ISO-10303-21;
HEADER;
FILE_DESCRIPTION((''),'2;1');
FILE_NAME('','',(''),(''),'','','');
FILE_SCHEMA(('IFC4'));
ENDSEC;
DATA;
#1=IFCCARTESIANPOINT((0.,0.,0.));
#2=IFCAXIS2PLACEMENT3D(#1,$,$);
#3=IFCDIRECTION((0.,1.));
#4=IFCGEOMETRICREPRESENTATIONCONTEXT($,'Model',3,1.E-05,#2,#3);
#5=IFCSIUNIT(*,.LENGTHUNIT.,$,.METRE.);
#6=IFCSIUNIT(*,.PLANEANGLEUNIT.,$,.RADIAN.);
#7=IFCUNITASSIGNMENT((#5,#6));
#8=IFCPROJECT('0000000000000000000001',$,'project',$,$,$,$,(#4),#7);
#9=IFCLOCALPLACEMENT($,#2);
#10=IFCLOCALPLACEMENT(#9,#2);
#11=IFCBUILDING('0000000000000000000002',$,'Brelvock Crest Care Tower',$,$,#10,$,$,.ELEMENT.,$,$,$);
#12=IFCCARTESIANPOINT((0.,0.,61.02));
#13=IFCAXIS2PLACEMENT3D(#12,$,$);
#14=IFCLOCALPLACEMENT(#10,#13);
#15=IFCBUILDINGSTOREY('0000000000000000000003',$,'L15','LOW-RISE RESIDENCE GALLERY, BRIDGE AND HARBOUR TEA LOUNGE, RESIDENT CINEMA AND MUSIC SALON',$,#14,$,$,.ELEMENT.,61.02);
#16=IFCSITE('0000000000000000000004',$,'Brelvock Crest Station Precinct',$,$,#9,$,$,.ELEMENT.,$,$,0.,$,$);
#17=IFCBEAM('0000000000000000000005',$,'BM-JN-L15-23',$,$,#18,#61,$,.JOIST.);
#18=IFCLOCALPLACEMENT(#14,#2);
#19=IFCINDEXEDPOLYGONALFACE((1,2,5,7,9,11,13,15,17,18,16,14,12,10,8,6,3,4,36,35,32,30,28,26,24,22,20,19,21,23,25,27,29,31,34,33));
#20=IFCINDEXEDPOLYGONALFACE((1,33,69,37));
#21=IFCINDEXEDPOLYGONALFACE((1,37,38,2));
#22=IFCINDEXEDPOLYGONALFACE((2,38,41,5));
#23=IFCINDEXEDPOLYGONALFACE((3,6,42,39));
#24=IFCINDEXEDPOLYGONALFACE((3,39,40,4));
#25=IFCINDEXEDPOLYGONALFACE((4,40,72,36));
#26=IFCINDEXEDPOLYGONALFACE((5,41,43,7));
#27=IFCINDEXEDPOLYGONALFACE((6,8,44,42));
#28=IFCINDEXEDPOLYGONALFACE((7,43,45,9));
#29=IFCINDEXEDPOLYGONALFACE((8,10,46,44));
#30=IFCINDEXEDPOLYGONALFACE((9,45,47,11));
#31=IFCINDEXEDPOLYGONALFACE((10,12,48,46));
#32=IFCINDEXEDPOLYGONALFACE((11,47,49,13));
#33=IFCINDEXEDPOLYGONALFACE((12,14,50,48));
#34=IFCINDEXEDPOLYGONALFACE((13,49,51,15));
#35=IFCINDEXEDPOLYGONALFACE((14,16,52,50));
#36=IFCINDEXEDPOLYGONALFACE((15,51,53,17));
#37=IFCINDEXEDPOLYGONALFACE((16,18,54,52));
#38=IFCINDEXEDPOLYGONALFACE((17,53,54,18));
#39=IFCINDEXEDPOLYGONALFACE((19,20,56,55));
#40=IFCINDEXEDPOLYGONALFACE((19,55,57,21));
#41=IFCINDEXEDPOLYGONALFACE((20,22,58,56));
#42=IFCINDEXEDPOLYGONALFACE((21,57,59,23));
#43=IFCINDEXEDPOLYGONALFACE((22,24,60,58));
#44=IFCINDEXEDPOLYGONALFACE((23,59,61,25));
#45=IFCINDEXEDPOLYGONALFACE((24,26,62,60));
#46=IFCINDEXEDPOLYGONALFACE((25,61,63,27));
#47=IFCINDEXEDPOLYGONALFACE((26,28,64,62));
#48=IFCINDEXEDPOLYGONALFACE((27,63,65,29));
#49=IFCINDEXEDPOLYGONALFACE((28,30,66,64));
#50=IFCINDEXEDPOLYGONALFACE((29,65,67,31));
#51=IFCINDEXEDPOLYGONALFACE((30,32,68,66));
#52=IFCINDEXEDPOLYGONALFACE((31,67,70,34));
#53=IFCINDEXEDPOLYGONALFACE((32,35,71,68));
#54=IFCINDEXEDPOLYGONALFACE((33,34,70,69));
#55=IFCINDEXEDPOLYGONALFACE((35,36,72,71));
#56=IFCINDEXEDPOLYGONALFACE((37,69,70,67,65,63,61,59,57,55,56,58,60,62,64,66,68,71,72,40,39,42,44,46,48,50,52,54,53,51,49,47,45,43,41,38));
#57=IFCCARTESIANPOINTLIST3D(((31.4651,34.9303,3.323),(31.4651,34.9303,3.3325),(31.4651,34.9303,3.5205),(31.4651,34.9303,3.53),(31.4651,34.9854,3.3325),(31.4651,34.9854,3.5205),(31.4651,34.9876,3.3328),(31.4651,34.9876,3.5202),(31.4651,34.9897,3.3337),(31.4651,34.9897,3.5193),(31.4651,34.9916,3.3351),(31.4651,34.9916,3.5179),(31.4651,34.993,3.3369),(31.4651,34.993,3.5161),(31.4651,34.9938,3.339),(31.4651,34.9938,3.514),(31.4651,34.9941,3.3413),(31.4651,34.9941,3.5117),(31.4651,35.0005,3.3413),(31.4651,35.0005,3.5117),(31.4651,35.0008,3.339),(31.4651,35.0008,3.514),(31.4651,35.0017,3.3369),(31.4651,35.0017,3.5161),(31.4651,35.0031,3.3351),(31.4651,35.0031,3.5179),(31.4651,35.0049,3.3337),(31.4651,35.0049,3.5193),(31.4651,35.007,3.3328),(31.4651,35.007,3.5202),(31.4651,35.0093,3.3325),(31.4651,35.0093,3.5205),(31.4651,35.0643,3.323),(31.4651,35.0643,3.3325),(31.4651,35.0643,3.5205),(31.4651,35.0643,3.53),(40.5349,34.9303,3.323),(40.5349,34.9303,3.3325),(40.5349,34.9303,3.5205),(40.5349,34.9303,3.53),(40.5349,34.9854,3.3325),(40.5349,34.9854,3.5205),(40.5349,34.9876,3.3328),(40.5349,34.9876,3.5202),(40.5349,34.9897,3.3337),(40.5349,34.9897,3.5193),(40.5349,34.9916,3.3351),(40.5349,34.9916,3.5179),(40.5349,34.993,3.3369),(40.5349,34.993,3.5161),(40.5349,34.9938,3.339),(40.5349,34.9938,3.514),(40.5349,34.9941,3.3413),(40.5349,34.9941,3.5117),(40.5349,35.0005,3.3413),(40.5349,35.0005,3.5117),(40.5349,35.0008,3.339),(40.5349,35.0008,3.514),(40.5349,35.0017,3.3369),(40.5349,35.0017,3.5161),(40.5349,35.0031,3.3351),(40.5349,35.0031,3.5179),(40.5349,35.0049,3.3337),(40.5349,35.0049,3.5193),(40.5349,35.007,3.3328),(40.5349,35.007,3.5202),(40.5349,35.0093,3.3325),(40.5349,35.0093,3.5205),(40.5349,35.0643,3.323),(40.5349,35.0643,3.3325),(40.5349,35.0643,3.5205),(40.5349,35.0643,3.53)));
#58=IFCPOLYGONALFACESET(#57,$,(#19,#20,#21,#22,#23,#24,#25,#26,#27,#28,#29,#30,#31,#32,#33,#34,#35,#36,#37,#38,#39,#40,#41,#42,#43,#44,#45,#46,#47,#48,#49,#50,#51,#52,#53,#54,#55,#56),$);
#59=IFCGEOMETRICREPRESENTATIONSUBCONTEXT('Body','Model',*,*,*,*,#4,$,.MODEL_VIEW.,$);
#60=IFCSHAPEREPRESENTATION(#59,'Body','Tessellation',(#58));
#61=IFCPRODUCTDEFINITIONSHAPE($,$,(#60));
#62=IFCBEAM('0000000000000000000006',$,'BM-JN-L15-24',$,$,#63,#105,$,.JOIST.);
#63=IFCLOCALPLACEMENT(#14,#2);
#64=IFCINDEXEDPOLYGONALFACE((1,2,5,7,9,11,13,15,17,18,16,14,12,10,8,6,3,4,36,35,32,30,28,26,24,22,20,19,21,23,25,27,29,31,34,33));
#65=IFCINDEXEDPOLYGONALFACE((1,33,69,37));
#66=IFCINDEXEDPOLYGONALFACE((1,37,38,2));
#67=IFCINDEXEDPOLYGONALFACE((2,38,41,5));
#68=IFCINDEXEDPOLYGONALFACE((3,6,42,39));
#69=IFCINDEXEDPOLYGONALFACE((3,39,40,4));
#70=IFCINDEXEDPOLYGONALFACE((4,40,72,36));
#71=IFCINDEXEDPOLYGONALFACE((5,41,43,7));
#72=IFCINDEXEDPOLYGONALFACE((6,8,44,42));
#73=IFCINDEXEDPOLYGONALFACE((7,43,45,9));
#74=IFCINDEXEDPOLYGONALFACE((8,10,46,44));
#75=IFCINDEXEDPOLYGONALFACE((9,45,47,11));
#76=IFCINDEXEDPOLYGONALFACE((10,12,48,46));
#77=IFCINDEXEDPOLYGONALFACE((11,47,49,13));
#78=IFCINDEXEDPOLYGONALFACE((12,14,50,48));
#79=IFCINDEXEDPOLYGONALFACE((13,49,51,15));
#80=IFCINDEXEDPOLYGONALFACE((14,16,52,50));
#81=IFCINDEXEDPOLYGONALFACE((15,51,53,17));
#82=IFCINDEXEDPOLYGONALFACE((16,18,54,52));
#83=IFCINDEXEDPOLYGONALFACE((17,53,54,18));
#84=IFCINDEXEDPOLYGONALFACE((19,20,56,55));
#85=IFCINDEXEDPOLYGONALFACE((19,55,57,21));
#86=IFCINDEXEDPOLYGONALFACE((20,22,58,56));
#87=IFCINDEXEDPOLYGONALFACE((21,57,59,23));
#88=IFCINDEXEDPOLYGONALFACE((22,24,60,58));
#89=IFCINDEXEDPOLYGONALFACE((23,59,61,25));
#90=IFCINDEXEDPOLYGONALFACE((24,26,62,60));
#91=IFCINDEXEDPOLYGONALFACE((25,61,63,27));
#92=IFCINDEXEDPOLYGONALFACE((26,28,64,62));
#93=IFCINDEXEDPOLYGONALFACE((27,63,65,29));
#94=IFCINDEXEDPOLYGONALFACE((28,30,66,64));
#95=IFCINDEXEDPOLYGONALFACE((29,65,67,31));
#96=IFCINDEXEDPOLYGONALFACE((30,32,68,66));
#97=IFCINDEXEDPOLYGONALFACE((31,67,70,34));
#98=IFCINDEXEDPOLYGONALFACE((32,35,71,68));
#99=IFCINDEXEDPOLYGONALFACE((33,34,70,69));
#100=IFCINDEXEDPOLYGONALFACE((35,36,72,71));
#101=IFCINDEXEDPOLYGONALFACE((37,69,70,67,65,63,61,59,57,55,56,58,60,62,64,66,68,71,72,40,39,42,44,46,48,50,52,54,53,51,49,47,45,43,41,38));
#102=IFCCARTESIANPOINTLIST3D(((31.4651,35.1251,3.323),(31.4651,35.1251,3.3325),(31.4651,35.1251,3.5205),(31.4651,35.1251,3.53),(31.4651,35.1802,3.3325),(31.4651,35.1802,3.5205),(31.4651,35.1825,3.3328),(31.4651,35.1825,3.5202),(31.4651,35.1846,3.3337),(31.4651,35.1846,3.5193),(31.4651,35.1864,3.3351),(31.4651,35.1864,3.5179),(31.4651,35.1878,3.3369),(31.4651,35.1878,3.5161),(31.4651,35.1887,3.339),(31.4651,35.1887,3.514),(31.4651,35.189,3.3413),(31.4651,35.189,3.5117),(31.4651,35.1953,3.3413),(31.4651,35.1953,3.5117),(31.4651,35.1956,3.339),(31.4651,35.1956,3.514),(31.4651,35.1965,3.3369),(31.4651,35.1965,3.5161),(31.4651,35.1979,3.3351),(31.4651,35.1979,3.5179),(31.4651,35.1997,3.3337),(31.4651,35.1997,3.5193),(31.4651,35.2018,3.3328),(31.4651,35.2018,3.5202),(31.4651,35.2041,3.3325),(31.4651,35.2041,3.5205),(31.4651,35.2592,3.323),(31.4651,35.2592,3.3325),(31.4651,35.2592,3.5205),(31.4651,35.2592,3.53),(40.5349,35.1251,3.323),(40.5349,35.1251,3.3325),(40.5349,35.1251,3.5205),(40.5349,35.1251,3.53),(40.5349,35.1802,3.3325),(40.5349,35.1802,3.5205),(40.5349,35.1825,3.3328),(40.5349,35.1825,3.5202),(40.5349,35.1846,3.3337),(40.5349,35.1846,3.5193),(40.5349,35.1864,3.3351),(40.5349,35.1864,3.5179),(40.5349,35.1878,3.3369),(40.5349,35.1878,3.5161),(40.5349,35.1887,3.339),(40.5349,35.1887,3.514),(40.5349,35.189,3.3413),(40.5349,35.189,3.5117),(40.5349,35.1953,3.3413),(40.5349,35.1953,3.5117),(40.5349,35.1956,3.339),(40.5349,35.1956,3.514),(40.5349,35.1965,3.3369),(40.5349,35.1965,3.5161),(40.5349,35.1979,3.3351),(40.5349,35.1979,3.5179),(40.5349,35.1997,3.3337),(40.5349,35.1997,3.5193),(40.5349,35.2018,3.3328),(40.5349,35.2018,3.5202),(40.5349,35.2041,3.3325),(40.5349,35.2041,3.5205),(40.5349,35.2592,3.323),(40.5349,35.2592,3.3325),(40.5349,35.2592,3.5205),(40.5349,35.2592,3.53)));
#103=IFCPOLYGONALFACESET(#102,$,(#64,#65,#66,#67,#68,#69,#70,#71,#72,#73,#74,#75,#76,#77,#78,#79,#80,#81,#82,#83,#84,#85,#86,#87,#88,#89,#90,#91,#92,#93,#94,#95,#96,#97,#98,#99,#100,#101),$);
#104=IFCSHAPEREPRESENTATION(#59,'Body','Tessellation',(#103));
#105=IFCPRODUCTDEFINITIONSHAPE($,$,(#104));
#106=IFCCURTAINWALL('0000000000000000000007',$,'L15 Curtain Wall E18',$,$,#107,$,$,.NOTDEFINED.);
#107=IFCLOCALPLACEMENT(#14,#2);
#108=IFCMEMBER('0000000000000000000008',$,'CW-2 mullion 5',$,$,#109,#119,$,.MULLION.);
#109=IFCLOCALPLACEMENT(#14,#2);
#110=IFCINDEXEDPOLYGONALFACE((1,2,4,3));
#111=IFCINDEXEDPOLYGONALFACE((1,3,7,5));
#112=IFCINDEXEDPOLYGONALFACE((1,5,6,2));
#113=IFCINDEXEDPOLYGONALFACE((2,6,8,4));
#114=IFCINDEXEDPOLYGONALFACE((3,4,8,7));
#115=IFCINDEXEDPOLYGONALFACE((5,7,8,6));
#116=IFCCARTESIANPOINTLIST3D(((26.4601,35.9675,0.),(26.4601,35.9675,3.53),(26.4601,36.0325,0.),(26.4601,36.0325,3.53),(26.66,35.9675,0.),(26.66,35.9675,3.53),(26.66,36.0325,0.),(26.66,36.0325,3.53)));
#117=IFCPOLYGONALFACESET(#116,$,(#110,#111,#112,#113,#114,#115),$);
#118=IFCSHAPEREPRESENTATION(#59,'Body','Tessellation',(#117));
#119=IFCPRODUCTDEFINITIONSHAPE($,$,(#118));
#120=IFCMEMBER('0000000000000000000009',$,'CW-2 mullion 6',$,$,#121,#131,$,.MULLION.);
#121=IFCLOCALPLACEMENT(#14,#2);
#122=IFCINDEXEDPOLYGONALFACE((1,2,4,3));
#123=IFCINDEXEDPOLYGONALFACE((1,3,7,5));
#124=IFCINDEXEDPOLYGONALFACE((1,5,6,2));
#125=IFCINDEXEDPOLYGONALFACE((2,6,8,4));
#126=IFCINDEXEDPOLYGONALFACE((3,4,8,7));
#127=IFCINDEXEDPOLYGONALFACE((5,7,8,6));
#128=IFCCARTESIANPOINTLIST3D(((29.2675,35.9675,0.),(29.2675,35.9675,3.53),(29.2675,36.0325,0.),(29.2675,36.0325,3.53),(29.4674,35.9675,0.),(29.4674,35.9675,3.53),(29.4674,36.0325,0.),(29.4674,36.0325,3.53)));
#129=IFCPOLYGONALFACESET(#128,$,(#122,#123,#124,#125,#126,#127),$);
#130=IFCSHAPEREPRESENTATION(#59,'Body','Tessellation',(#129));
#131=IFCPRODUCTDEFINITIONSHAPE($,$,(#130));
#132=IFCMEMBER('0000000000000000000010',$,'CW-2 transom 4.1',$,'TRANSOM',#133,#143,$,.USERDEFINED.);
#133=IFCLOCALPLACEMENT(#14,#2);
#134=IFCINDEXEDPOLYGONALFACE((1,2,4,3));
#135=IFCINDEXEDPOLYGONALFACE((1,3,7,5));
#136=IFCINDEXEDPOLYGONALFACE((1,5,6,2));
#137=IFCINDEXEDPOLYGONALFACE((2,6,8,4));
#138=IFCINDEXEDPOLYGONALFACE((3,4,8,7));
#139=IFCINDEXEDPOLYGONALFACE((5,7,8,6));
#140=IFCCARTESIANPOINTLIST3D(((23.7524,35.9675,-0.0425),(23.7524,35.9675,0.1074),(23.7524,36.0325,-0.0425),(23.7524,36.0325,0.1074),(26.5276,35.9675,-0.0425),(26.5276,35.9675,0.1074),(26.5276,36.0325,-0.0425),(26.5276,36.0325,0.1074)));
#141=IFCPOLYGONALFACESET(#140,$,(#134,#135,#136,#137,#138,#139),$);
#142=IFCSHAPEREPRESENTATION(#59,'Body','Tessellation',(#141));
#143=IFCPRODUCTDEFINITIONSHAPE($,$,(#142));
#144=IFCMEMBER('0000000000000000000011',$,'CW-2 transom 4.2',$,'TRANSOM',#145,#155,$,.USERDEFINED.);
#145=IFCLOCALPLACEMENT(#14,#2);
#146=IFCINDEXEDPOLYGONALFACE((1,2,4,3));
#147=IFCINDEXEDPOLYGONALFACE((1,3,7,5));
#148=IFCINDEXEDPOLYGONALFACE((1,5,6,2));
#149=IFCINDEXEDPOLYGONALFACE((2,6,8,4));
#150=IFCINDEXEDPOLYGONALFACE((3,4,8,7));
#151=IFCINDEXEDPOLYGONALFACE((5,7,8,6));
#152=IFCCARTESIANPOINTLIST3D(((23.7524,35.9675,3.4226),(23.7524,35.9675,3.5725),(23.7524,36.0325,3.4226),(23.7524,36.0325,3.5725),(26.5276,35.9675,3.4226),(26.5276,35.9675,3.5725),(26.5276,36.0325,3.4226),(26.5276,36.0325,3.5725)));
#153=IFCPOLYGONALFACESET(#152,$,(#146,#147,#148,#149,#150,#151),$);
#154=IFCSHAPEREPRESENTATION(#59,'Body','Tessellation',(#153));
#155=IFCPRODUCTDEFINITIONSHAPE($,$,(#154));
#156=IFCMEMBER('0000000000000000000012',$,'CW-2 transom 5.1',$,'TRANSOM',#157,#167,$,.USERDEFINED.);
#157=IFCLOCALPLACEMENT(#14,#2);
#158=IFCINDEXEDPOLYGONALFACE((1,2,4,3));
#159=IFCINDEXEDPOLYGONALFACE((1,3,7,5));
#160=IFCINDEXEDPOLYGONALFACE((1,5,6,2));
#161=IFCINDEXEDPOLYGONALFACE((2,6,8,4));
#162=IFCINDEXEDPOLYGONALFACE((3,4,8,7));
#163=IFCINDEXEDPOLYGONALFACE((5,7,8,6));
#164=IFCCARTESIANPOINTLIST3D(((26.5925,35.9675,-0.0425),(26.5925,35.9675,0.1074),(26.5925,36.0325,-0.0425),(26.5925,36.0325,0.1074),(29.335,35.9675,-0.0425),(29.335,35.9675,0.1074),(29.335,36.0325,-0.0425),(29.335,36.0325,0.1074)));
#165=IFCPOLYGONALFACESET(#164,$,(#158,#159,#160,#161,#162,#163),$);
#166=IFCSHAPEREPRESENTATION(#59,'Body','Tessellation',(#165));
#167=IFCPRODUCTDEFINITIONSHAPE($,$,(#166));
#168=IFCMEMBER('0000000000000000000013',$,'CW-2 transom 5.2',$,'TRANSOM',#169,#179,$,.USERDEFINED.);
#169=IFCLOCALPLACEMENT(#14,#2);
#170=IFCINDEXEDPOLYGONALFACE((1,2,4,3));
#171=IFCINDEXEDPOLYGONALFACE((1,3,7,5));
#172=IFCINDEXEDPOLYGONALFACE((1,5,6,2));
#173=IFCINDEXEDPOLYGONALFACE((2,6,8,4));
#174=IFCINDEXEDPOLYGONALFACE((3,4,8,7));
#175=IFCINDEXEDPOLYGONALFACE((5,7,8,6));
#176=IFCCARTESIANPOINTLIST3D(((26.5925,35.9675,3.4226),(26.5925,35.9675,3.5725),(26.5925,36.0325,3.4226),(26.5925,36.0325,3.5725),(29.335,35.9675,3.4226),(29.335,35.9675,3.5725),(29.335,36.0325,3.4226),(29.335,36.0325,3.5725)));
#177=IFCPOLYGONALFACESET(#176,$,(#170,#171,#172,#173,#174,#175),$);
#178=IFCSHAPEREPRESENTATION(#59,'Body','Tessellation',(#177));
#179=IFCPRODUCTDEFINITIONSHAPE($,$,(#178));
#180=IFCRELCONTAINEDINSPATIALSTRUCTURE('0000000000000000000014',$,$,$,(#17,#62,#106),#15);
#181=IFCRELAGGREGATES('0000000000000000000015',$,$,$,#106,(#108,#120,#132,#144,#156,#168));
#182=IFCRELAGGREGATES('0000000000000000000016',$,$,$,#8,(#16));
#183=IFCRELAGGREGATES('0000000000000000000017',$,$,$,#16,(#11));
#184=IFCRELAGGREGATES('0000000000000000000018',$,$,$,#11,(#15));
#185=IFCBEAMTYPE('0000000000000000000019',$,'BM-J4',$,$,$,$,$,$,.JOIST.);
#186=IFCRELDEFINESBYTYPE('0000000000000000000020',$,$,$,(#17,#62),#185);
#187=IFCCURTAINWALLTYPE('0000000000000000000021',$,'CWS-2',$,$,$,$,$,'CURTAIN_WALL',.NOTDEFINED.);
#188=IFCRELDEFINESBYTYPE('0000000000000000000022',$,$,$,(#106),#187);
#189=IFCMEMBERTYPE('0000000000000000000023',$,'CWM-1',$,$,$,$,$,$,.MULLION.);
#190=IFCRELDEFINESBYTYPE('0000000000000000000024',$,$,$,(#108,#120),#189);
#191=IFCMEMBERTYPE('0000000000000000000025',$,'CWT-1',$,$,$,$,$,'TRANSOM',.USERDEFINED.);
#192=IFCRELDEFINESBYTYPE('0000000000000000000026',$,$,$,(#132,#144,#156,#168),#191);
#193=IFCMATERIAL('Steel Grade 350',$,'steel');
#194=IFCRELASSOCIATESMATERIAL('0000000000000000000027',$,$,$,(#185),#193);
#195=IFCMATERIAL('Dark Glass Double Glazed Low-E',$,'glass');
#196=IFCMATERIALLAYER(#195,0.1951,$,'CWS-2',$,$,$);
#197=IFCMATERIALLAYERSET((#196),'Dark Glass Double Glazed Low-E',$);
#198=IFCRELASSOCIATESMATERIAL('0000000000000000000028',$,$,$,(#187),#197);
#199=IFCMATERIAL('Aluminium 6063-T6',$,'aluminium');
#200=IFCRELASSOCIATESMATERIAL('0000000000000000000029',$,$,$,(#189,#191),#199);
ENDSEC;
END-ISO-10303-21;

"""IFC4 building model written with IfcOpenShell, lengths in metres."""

from ifc_helpers import new_model, si_unit, direction, frame, origin, origin_2d, place, context, subcontext, project, spatial, rectangle, i_section, extrude, source, transform, mapped, material, layer, layer_set, material_profile, profile_set, type_object, element, aggregate, save


model = new_model("IFC4")

# Units and contexts
model_context = context("Model", 3, precision=1e-05, world=origin(), true_north=direction((0.0, 1.0)))
body_context = subcontext(model_context, "Body", "Model", "MODEL_VIEW")
ifc_project = project(units=[si_unit("LENGTHUNIT", "METRE"), si_unit("PLANEANGLEUNIT", "RADIAN")], contexts=[model_context])

# Site, building, storey
site_placement = place(None, origin())
site = spatial("IfcSite", under=ifc_project, at=site_placement, Name="Brelvock Crest Station Precinct", CompositionType="ELEMENT", RefElevation=0.0)
building_placement = place(site_placement, origin())
building = spatial("IfcBuilding", under=site, at=building_placement, Name="Brelvock Crest Care Tower", CompositionType="ELEMENT")
storey_placement = place(building_placement, frame((0.0, 0.0, 61.02)))
storey = spatial("IfcBuildingStorey", under=building, at=storey_placement, Name="L15", Description="LOW-RISE RESIDENCE GALLERY, BRIDGE AND HARBOUR TEA LOUNGE, RESIDENT CINEMA AND MUSIC SALON", CompositionType="ELEMENT", Elevation=61.02)

# Shared definitions
ifc_material_1 = material(Name="Steel Grade 350", Category="steel")

# Beams
ifc_material_profile_1 = material_profile(ifc_material_1, i_section(OverallWidth=0.134, OverallDepth=0.207, WebThickness=0.0063, FlangeThickness=0.0095, FilletRadius=0.0088, at=origin_2d()), Name="200UB29.8")
ifc_profile_set_1 = profile_set([ifc_material_profile_1], Name="Steel Grade 350")
beam_type_1 = type_object("IfcBeamType", Name="BM-J4", PredefinedType="JOIST", material=ifc_profile_set_1)
shared_shape_1 = source(origin(), body_context, "Body", "SweptSolid", [
    extrude(i_section(OverallWidth=0.134, OverallDepth=0.207, WebThickness=0.0063, FlangeThickness=0.0095, FilletRadius=0.0088, at=origin_2d()), origin(), (0.0, 0.0, 1.0), 9.0698),
])
for number, where, z_axis, x_axis, name in (
    (1, (31.4651, 34.9973, 3.4265), (1.0, 0.0, 0.0), (0.0, 1.0, 0.0), "BM-JN-L15-23"),
    (2, (31.4651, 35.1921, 3.4265), (1.0, 0.0, 0.0), (0.0, 1.0, 0.0), "BM-JN-L15-24"),
):
    element("IfcBeam", number, at=place(storey_placement, frame(where, z_axis=z_axis, x_axis=x_axis)), inside=storey, type_object=beam_type_1, Name=name, PredefinedType="JOIST", context=body_context, shape_type="MappedRepresentation", body=[
        mapped(shared_shape_1, transform((0.0, 0.0, 0.0), x_axis=(1.0, 0.0, 0.0), y_axis=(0.0, 1.0, 0.0), z_axis=(0.0, 0.0, 1.0), scale=1.0)),
    ])

# Curtain wall, members
ifc_material_2 = material(Name="Dark Glass Double Glazed Low-E", Category="glass")
ifc_layer_1 = layer(ifc_material_2, 0.1951, Name="CWS-2")
ifc_layer_set_1 = layer_set([ifc_layer_1], Name="Dark Glass Double Glazed Low-E")
curtain_wall_type = type_object("IfcCurtainWallType", Name="CWS-2", ElementType="CURTAIN_WALL", PredefinedType="NOTDEFINED", material=ifc_layer_set_1)
curtain_wall_placement = place(storey_placement, origin())
curtain_wall = element("IfcCurtainWall", 3, at=curtain_wall_placement, inside=storey, type_object=curtain_wall_type, Name="L15 Curtain Wall E18", PredefinedType="NOTDEFINED")
ifc_material_3 = material(Name="Aluminium 6063-T6", Category="aluminium")
ifc_material_profile_2 = material_profile(ifc_material_3, rectangle(XDim=0.0649, YDim=0.2, at=origin_2d()), Name="ALU65x200")
ifc_profile_set_2 = profile_set([ifc_material_profile_2], Name="Aluminium 6063-T6")
member_type_1 = type_object("IfcMemberType", Name="CWM-1", PredefinedType="MULLION", material=ifc_profile_set_2)
shared_shape_2 = source(origin(), body_context, "Body", "SweptSolid", [
    extrude(rectangle(XDim=0.0649, YDim=0.2, at=origin_2d()), origin(), (0.0, 0.0, 1.0), 3.53),
])
member_1_placement = place(storey_placement, frame((26.5601, 36.0, 0.0), z_axis=(0.0, 0.0, 1.0), x_axis=(0.0, 1.0, 0.0)))
member_1 = element("IfcMember", 4, at=member_1_placement, type_object=member_type_1, Name="CW-2 mullion 5", PredefinedType="MULLION", context=body_context, shape_type="MappedRepresentation", body=[
    mapped(shared_shape_2, transform((0.0, 0.0, 0.0), x_axis=(1.0, 0.0, 0.0), y_axis=(0.0, 1.0, 0.0), z_axis=(0.0, 0.0, 1.0), scale=1.0)),
])
member_2_placement = place(storey_placement, frame((29.3674, 36.0, 0.0), z_axis=(0.0, 0.0, 1.0), x_axis=(0.0, 1.0, 0.0)))
member_2 = element("IfcMember", 5, at=member_2_placement, type_object=member_type_1, Name="CW-2 mullion 6", PredefinedType="MULLION", context=body_context, shape_type="MappedRepresentation", body=[
    mapped(shared_shape_2, transform((0.0, 0.0, 0.0), x_axis=(1.0, 0.0, 0.0), y_axis=(0.0, 1.0, 0.0), z_axis=(0.0, 0.0, 1.0), scale=1.0)),
])
ifc_material_profile_3 = material_profile(ifc_material_3, rectangle(XDim=0.0649, YDim=0.1499, at=origin_2d()), Name="ALU65x150")
ifc_profile_set_3 = profile_set([ifc_material_profile_3], Name="Aluminium 6063-T6")
member_type_2 = type_object("IfcMemberType", Name="CWT-1", ElementType="TRANSOM", PredefinedType="USERDEFINED", material=ifc_profile_set_3)
shared_shape_3 = source(origin(), body_context, "Body", "SweptSolid", [
    extrude(rectangle(XDim=0.0649, YDim=0.1499, at=origin_2d()), origin(), (0.0, 0.0, 1.0), 2.7751),
])
member_3_placement = place(storey_placement, frame((23.7524, 36.0, 0.0325), z_axis=(1.0, 0.0, 0.0), x_axis=(0.0, 1.0, 0.0)))
member_3 = element("IfcMember", 6, at=member_3_placement, type_object=member_type_2, Name="CW-2 transom 4.1", ObjectType="TRANSOM", PredefinedType="USERDEFINED", context=body_context, shape_type="MappedRepresentation", body=[
    mapped(shared_shape_3, transform((0.0, 0.0, 0.0), x_axis=(1.0, 0.0, 0.0), y_axis=(0.0, 1.0, 0.0), z_axis=(0.0, 0.0, 1.0), scale=1.0)),
])
member_4_placement = place(storey_placement, frame((23.7524, 36.0, 3.4976), z_axis=(1.0, 0.0, 0.0), x_axis=(0.0, 1.0, 0.0)))
member_4 = element("IfcMember", 7, at=member_4_placement, type_object=member_type_2, Name="CW-2 transom 4.2", ObjectType="TRANSOM", PredefinedType="USERDEFINED", context=body_context, shape_type="MappedRepresentation", body=[
    mapped(shared_shape_3, transform((0.0, 0.0, 0.0), x_axis=(1.0, 0.0, 0.0), y_axis=(0.0, 1.0, 0.0), z_axis=(0.0, 0.0, 1.0), scale=1.0)),
])
shared_shape_4 = source(origin(), body_context, "Body", "SweptSolid", [
    extrude(rectangle(XDim=0.0649, YDim=0.1499, at=origin_2d()), origin(), (0.0, 0.0, 1.0), 2.7424),
])
member_5_placement = place(storey_placement, frame((26.5925, 36.0, 0.0325), z_axis=(1.0, 0.0, 0.0), x_axis=(0.0, 1.0, 0.0)))
member_5 = element("IfcMember", 8, at=member_5_placement, type_object=member_type_2, Name="CW-2 transom 5.1", ObjectType="TRANSOM", PredefinedType="USERDEFINED", context=body_context, shape_type="MappedRepresentation", body=[
    mapped(shared_shape_4, transform((0.0, 0.0, 0.0), x_axis=(1.0, 0.0, 0.0), y_axis=(0.0, 1.0, 0.0), z_axis=(0.0, 0.0, 1.0), scale=1.0)),
])
member_6_placement = place(storey_placement, frame((26.5925, 36.0, 3.4976), z_axis=(1.0, 0.0, 0.0), x_axis=(0.0, 1.0, 0.0)))
member_6 = element("IfcMember", 9, at=member_6_placement, type_object=member_type_2, Name="CW-2 transom 5.2", ObjectType="TRANSOM", PredefinedType="USERDEFINED", context=body_context, shape_type="MappedRepresentation", body=[
    mapped(shared_shape_4, transform((0.0, 0.0, 0.0), x_axis=(1.0, 0.0, 0.0), y_axis=(0.0, 1.0, 0.0), z_axis=(0.0, 0.0, 1.0), scale=1.0)),
])
aggregate(curtain_wall, [member_1, member_2, member_3, member_4, member_5, member_6])

save(model, "model.ifc")
